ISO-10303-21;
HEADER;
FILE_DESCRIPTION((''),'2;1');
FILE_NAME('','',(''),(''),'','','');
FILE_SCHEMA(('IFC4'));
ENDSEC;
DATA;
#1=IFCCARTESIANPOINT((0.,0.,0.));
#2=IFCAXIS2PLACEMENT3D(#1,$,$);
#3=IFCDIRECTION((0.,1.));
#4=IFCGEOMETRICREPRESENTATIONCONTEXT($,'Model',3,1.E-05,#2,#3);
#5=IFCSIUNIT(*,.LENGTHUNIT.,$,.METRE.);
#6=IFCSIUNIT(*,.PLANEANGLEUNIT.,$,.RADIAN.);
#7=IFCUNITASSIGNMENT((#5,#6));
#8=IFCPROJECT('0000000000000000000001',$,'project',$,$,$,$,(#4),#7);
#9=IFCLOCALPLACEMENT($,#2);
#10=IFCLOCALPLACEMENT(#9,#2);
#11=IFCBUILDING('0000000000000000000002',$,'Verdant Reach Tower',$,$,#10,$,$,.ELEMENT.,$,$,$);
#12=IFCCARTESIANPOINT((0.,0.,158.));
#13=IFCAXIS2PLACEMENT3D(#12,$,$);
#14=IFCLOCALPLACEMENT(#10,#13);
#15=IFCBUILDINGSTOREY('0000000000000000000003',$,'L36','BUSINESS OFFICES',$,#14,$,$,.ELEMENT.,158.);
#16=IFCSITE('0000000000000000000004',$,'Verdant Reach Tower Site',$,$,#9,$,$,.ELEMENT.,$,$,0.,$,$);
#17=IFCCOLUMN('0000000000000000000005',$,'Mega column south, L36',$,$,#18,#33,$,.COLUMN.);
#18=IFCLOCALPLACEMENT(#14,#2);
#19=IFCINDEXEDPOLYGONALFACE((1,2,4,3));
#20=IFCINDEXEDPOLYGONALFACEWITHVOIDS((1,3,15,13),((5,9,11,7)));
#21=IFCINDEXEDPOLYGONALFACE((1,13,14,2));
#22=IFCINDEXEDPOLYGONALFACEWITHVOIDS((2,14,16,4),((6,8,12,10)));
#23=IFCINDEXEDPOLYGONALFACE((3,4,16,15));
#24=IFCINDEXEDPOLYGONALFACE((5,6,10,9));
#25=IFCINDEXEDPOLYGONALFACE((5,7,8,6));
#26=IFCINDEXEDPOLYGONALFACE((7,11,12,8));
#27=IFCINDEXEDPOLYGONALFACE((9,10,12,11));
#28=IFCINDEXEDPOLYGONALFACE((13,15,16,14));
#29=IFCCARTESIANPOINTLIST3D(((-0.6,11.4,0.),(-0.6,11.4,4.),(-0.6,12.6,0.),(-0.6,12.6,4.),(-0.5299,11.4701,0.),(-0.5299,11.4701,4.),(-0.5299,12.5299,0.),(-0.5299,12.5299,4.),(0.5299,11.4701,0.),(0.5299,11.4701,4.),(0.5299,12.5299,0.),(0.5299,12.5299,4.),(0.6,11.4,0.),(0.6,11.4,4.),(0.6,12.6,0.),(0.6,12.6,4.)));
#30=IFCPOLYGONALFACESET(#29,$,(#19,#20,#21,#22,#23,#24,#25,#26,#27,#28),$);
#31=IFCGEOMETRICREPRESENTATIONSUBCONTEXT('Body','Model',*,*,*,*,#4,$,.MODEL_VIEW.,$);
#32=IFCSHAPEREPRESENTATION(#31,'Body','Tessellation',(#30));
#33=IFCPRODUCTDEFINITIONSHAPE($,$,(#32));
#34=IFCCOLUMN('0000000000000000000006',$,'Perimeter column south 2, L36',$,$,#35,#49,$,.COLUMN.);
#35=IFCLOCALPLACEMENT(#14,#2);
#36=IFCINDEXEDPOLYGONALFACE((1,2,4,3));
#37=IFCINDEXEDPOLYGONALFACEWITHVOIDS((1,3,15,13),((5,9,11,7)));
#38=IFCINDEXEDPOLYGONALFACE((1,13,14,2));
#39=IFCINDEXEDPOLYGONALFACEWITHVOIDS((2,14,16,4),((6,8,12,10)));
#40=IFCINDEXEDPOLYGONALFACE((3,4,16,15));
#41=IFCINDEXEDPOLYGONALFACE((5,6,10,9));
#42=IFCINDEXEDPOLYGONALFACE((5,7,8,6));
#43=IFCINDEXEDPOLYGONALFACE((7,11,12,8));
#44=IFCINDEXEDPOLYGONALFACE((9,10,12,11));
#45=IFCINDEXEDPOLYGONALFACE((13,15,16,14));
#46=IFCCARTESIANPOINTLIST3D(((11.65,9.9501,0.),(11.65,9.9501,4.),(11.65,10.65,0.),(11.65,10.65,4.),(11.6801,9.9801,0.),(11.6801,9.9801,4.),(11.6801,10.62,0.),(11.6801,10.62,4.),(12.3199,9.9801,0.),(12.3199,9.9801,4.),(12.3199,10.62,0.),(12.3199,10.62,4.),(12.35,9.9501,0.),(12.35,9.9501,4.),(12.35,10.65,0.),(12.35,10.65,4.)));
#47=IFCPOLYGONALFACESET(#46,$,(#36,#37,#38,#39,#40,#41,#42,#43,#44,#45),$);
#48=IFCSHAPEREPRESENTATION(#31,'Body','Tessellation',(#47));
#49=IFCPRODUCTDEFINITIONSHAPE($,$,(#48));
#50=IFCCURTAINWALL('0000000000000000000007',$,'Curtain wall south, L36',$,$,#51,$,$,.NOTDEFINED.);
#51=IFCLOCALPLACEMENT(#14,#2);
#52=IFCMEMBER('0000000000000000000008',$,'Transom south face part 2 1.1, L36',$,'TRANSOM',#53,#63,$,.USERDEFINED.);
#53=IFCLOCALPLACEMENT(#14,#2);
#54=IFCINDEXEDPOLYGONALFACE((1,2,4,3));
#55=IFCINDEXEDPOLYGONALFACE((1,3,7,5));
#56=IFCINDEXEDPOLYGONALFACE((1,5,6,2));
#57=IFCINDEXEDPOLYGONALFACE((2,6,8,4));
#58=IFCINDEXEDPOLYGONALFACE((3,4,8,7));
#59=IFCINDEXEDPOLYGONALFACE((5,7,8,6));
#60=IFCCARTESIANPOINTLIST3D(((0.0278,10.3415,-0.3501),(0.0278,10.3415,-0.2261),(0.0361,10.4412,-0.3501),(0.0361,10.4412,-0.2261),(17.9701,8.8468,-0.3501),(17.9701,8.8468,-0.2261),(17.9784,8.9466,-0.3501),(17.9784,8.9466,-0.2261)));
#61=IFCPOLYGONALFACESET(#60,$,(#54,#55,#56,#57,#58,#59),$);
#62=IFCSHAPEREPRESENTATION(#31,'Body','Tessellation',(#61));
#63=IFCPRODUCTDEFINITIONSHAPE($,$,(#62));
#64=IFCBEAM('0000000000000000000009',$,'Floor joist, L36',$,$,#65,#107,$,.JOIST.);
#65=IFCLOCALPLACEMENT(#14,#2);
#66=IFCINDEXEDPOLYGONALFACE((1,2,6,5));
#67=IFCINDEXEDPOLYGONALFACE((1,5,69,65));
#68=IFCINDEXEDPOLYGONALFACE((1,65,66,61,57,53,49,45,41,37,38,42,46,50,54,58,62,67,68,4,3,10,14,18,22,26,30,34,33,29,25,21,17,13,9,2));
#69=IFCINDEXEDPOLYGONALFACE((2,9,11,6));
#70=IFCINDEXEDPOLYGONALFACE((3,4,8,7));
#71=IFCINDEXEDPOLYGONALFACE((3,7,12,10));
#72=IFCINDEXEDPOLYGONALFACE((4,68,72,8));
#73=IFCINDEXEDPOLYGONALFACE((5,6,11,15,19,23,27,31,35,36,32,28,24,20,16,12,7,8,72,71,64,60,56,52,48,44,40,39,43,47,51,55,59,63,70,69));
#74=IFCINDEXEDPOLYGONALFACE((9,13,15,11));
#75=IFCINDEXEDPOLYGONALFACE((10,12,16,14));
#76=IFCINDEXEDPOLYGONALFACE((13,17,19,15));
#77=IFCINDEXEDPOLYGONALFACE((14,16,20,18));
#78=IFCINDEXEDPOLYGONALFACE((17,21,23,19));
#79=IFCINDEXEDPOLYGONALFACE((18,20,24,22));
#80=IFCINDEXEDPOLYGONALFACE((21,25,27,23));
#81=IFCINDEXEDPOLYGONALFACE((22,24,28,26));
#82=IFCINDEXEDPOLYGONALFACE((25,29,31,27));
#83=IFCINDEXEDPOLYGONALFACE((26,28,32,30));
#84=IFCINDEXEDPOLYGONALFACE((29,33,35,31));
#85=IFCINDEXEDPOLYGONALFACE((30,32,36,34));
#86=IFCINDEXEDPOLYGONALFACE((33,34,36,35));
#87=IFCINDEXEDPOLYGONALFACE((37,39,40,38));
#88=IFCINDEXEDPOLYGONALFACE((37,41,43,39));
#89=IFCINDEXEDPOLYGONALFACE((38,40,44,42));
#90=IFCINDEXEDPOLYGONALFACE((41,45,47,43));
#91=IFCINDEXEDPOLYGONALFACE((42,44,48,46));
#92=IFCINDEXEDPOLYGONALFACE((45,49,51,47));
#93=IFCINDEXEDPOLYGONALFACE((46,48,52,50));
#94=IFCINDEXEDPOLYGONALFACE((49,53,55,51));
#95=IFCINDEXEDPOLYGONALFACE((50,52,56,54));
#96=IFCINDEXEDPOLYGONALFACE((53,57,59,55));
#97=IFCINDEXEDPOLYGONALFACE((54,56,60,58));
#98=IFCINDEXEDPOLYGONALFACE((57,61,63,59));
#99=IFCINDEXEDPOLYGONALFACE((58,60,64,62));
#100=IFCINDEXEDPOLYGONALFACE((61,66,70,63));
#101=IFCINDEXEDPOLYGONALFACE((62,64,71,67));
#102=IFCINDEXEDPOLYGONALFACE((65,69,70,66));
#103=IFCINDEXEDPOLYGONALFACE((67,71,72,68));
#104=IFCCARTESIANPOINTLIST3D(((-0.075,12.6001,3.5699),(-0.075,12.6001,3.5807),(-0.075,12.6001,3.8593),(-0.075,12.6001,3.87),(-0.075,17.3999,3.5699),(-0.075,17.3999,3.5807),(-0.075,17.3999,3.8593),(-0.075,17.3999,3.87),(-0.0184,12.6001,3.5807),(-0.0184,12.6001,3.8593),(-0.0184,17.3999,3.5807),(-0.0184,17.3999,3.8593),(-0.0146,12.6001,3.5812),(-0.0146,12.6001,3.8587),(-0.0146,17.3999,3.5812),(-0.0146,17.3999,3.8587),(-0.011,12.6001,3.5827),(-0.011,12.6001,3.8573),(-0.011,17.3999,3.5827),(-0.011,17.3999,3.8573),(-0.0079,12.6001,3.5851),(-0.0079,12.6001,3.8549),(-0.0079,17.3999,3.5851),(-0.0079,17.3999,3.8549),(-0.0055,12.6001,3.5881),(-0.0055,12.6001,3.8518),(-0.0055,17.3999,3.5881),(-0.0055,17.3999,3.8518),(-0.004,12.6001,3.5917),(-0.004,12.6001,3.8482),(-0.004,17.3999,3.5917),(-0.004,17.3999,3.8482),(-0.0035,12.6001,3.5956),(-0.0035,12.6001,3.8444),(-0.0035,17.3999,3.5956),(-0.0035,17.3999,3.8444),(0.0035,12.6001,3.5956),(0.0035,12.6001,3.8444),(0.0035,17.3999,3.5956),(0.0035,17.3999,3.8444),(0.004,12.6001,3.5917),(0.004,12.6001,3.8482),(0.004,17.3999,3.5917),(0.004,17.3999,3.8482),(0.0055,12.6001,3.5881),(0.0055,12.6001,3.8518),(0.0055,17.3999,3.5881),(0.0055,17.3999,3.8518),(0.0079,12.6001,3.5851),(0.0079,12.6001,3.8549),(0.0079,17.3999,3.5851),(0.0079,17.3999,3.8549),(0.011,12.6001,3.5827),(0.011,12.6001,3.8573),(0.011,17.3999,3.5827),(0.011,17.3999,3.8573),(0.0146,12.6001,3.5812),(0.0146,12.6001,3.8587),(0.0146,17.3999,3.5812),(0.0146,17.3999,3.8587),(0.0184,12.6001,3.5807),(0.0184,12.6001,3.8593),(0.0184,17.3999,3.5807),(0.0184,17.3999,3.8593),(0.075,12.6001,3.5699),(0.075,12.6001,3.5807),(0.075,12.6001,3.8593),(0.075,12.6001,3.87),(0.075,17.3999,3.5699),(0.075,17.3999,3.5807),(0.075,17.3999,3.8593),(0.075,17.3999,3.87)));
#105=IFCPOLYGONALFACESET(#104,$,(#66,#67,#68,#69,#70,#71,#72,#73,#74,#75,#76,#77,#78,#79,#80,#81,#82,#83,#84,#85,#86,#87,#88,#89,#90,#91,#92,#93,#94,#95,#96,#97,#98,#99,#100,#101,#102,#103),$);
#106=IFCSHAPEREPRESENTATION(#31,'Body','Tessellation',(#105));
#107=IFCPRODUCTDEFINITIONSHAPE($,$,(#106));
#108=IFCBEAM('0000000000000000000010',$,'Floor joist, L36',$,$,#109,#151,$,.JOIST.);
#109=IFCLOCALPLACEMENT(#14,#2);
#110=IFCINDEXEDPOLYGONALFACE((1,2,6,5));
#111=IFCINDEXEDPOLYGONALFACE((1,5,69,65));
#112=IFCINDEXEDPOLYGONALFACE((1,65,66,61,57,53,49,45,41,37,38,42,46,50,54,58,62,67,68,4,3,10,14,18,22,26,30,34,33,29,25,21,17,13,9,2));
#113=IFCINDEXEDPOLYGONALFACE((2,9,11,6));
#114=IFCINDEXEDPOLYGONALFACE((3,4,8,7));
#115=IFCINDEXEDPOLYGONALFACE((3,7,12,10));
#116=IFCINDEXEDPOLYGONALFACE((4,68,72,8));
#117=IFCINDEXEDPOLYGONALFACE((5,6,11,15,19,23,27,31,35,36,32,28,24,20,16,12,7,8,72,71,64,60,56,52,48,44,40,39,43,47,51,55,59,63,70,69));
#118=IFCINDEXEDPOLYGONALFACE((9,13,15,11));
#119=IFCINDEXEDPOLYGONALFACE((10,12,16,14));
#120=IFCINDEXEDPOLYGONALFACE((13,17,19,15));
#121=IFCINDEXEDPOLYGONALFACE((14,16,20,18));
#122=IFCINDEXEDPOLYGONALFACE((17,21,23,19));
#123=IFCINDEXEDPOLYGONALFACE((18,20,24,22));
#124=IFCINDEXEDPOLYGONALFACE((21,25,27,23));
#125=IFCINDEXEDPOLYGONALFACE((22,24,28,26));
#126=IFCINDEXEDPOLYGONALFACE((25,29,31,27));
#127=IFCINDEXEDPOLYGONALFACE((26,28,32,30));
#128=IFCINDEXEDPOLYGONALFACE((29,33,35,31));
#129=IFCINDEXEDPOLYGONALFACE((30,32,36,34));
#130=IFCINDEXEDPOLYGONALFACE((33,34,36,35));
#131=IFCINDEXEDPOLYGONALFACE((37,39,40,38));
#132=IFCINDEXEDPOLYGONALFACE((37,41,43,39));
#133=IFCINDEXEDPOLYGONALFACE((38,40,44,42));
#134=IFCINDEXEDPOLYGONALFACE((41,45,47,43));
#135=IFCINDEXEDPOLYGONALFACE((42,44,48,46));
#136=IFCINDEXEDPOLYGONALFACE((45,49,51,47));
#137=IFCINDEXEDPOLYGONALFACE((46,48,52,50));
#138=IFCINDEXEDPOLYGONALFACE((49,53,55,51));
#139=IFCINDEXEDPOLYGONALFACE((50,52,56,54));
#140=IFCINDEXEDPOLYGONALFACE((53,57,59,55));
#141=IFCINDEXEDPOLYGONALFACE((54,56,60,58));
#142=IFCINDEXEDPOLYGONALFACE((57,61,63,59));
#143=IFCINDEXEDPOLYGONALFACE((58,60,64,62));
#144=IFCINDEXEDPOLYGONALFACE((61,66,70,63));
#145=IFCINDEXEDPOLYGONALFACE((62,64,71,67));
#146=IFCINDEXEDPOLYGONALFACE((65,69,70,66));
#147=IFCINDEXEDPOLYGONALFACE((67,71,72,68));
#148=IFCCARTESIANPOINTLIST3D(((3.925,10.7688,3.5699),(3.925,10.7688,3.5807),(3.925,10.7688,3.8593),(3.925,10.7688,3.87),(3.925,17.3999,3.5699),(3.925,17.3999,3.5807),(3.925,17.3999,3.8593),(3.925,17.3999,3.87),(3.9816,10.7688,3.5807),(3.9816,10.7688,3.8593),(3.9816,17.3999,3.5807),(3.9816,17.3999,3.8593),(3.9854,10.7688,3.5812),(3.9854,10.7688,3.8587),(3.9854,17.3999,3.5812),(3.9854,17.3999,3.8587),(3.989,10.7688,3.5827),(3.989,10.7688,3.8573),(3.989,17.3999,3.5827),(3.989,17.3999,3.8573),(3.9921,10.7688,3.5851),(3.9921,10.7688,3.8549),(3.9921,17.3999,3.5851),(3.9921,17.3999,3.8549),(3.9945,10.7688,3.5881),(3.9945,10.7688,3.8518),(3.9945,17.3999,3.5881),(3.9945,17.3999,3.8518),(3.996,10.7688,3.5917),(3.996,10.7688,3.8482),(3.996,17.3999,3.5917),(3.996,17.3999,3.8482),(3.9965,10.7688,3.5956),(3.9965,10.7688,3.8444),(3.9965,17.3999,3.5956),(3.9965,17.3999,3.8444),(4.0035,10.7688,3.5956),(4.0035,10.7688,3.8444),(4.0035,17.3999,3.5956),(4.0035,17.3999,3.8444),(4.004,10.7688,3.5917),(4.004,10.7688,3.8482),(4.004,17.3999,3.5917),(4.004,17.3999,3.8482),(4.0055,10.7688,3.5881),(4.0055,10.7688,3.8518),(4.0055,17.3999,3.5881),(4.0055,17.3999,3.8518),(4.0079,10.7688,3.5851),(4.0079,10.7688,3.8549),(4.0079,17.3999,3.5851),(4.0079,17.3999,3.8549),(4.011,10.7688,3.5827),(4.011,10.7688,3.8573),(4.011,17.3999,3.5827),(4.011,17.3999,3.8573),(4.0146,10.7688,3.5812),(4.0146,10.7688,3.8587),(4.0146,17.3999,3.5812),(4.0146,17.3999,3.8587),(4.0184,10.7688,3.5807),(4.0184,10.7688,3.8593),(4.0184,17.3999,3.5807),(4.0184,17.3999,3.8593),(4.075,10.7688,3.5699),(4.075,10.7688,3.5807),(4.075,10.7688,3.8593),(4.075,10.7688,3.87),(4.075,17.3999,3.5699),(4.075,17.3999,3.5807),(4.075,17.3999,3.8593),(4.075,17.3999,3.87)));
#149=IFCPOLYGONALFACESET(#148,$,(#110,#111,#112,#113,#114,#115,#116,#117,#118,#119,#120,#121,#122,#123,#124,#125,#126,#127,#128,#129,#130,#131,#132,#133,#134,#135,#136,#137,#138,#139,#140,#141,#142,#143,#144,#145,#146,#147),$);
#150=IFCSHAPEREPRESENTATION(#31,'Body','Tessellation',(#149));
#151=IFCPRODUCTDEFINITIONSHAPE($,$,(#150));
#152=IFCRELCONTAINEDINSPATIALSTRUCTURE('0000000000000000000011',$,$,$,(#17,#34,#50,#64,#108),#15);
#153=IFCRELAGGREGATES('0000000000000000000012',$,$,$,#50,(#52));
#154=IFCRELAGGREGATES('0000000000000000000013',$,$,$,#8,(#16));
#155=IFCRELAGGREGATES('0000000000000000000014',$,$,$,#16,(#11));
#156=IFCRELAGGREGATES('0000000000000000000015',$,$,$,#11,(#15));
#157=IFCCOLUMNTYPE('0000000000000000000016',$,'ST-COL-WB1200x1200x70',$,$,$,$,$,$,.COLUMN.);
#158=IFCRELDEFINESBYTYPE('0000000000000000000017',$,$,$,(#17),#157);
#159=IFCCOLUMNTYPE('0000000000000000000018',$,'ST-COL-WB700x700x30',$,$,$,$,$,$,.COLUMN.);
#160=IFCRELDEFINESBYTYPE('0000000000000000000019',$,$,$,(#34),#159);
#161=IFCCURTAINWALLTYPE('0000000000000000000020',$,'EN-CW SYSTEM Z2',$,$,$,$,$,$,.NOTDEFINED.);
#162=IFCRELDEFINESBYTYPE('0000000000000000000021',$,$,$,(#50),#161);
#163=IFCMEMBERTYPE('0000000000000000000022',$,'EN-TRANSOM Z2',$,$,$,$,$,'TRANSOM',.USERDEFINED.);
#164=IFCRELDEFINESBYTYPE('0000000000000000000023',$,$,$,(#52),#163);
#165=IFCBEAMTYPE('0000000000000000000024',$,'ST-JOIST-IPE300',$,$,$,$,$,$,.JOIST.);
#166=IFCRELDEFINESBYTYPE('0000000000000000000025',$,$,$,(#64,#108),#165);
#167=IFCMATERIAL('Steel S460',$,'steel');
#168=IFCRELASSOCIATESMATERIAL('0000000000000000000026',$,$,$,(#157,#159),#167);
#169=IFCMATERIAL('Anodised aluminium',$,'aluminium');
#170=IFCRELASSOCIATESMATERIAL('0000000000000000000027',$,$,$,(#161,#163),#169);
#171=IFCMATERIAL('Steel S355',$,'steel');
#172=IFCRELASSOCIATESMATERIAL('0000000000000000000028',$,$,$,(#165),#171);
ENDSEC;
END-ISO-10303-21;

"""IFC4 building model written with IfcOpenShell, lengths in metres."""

from ifc_helpers import new_model, si_unit, direction, frame, origin, origin_2d, place, context, subcontext, project, spatial, rectangle, hollow_rectangle, i_section, extrude, material, material_profile, profile_set, type_object, element, aggregate, save


model = new_model("IFC4")

# Units and contexts
model_context = context("Model", 3, precision=1e-05, world=origin(), true_north=direction((0.0, 1.0)))
body_context = subcontext(model_context, "Body", "Model", "MODEL_VIEW")
ifc_project = project(units=[si_unit("LENGTHUNIT", "METRE"), si_unit("PLANEANGLEUNIT", "RADIAN")], contexts=[model_context])

# Site, building, storey
site_placement = place(None, origin())
site = spatial("IfcSite", under=ifc_project, at=site_placement, Name="Verdant Reach Tower Site", CompositionType="ELEMENT", RefElevation=0.0)
building_placement = place(site_placement, origin())
building = spatial("IfcBuilding", under=site, at=building_placement, Name="Verdant Reach Tower", CompositionType="ELEMENT")
storey_placement = place(building_placement, frame((0.0, 0.0, 158.0)))
storey = spatial("IfcBuildingStorey", under=building, at=storey_placement, Name="L36", Description="BUSINESS OFFICES", CompositionType="ELEMENT", Elevation=158.0)

# Columns
ifc_material_1 = material(Name="Steel S460", Category="steel")
ifc_material_profile_1 = material_profile(ifc_material_1, hollow_rectangle(XDim=1.2, YDim=1.2, WallThickness=0.0701, at=origin_2d()), Name="WB 1200x1200x70")
ifc_profile_set_1 = profile_set([ifc_material_profile_1], Name="Steel S460")
column_type_1 = type_object("IfcColumnType", Name="ST-COL-WB1200x1200x70", PredefinedType="COLUMN", material=ifc_profile_set_1)
column_1_placement = place(storey_placement, frame((0.0, 12.0, 0.0), z_axis=(0.0, 0.0, 1.0), x_axis=(1.0, 0.0, 0.0)))
element("IfcColumn", 1, at=column_1_placement, inside=storey, type_object=column_type_1, Name="Mega column south, L36", PredefinedType="COLUMN", context=body_context, shape_type="SweptSolid", body=[
    extrude(hollow_rectangle(XDim=1.2, YDim=1.2, WallThickness=0.0701, at=origin_2d()), origin(), (0.0, 0.0, 1.0), 4.0),
])
ifc_material_profile_2 = material_profile(ifc_material_1, hollow_rectangle(XDim=0.7, YDim=0.7, WallThickness=0.03, at=origin_2d()), Name="WB 700x700x30")
ifc_profile_set_2 = profile_set([ifc_material_profile_2], Name="Steel S460")
column_type_2 = type_object("IfcColumnType", Name="ST-COL-WB700x700x30", PredefinedType="COLUMN", material=ifc_profile_set_2)
column_2_placement = place(storey_placement, frame((12.0, 10.3, 0.0), z_axis=(0.0, 0.0, 1.0), x_axis=(1.0, 0.0, 0.0)))
element("IfcColumn", 2, at=column_2_placement, inside=storey, type_object=column_type_2, Name="Perimeter column south 2, L36", PredefinedType="COLUMN", context=body_context, shape_type="SweptSolid", body=[
    extrude(hollow_rectangle(XDim=0.7, YDim=0.7, WallThickness=0.03, at=origin_2d()), origin(), (0.0, 0.0, 1.0), 4.0),
])

# Curtain wall, member
ifc_material_2 = material(Name="Anodised aluminium", Category="aluminium")
curtain_wall_type = type_object("IfcCurtainWallType", Name="EN-CW SYSTEM Z2", PredefinedType="NOTDEFINED", material=ifc_material_2)
curtain_wall_placement = place(storey_placement, origin())
curtain_wall = element("IfcCurtainWall", 3, at=curtain_wall_placement, inside=storey, type_object=curtain_wall_type, Name="Curtain wall south, L36", PredefinedType="NOTDEFINED")
ifc_material_profile_3 = material_profile(ifc_material_2, rectangle(XDim=0.1001, YDim=0.124, at=origin_2d()), Name="Transom 124x100")
ifc_profile_set_3 = profile_set([ifc_material_profile_3], Name="Anodised aluminium")
member_type = type_object("IfcMemberType", Name="EN-TRANSOM Z2", ElementType="TRANSOM", PredefinedType="USERDEFINED", material=ifc_profile_set_3)
member_placement = place(storey_placement, frame((0.032, 10.3914, -0.2881), z_axis=(0.996548, -0.083015, 0.0), x_axis=(0.083015, 0.996548, 0.0)))
member = element("IfcMember", 4, at=member_placement, type_object=member_type, Name="Transom south face part 2 1.1, L36", ObjectType="TRANSOM", PredefinedType="USERDEFINED", context=body_context, shape_type="SweptSolid", body=[
    extrude(rectangle(XDim=0.1001, YDim=0.124, at=origin_2d()), origin(), (0.0, 0.0, 1.0), 18.0044),
])

# Beams
ifc_material_3 = material(Name="Steel S355", Category="steel")
ifc_material_profile_4 = material_profile(ifc_material_3, i_section(OverallWidth=0.1499, OverallDepth=0.3, WebThickness=0.0071, FlangeThickness=0.0107, FilletRadius=0.0149, at=origin_2d()), Name="IPE 300")
ifc_profile_set_4 = profile_set([ifc_material_profile_4], Name="Steel S355")
beam_type_1 = type_object("IfcBeamType", Name="ST-JOIST-IPE300", PredefinedType="JOIST", material=ifc_profile_set_4)
beam_1_placement = place(storey_placement, frame((0.0, 17.3999, 3.72), z_axis=(0.0, -1.0, 0.0), x_axis=(1.0, 0.0, 0.0)))
element("IfcBeam", 5, at=beam_1_placement, inside=storey, type_object=beam_type_1, Name="Floor joist, L36", PredefinedType="JOIST", context=body_context, shape_type="SweptSolid", body=[
    extrude(i_section(OverallWidth=0.1499, OverallDepth=0.3, WebThickness=0.0071, FlangeThickness=0.0107, FilletRadius=0.0149, at=origin_2d()), origin(), (0.0, 0.0, 1.0), 4.7998),
])
beam_2_placement = place(storey_placement, frame((4.0, 17.3999, 3.72), z_axis=(0.0, -1.0, 0.0), x_axis=(1.0, 0.0, 0.0)))
element("IfcBeam", 6, at=beam_2_placement, inside=storey, type_object=beam_type_1, Name="Floor joist, L36", PredefinedType="JOIST", context=body_context, shape_type="SweptSolid", body=[
    extrude(i_section(OverallWidth=0.1499, OverallDepth=0.3, WebThickness=0.0071, FlangeThickness=0.0107, FilletRadius=0.0149, at=origin_2d()), origin(), (0.0, 0.0, 1.0), 6.6311),
])

aggregate(curtain_wall, [member])

save(model, "model.ifc")
